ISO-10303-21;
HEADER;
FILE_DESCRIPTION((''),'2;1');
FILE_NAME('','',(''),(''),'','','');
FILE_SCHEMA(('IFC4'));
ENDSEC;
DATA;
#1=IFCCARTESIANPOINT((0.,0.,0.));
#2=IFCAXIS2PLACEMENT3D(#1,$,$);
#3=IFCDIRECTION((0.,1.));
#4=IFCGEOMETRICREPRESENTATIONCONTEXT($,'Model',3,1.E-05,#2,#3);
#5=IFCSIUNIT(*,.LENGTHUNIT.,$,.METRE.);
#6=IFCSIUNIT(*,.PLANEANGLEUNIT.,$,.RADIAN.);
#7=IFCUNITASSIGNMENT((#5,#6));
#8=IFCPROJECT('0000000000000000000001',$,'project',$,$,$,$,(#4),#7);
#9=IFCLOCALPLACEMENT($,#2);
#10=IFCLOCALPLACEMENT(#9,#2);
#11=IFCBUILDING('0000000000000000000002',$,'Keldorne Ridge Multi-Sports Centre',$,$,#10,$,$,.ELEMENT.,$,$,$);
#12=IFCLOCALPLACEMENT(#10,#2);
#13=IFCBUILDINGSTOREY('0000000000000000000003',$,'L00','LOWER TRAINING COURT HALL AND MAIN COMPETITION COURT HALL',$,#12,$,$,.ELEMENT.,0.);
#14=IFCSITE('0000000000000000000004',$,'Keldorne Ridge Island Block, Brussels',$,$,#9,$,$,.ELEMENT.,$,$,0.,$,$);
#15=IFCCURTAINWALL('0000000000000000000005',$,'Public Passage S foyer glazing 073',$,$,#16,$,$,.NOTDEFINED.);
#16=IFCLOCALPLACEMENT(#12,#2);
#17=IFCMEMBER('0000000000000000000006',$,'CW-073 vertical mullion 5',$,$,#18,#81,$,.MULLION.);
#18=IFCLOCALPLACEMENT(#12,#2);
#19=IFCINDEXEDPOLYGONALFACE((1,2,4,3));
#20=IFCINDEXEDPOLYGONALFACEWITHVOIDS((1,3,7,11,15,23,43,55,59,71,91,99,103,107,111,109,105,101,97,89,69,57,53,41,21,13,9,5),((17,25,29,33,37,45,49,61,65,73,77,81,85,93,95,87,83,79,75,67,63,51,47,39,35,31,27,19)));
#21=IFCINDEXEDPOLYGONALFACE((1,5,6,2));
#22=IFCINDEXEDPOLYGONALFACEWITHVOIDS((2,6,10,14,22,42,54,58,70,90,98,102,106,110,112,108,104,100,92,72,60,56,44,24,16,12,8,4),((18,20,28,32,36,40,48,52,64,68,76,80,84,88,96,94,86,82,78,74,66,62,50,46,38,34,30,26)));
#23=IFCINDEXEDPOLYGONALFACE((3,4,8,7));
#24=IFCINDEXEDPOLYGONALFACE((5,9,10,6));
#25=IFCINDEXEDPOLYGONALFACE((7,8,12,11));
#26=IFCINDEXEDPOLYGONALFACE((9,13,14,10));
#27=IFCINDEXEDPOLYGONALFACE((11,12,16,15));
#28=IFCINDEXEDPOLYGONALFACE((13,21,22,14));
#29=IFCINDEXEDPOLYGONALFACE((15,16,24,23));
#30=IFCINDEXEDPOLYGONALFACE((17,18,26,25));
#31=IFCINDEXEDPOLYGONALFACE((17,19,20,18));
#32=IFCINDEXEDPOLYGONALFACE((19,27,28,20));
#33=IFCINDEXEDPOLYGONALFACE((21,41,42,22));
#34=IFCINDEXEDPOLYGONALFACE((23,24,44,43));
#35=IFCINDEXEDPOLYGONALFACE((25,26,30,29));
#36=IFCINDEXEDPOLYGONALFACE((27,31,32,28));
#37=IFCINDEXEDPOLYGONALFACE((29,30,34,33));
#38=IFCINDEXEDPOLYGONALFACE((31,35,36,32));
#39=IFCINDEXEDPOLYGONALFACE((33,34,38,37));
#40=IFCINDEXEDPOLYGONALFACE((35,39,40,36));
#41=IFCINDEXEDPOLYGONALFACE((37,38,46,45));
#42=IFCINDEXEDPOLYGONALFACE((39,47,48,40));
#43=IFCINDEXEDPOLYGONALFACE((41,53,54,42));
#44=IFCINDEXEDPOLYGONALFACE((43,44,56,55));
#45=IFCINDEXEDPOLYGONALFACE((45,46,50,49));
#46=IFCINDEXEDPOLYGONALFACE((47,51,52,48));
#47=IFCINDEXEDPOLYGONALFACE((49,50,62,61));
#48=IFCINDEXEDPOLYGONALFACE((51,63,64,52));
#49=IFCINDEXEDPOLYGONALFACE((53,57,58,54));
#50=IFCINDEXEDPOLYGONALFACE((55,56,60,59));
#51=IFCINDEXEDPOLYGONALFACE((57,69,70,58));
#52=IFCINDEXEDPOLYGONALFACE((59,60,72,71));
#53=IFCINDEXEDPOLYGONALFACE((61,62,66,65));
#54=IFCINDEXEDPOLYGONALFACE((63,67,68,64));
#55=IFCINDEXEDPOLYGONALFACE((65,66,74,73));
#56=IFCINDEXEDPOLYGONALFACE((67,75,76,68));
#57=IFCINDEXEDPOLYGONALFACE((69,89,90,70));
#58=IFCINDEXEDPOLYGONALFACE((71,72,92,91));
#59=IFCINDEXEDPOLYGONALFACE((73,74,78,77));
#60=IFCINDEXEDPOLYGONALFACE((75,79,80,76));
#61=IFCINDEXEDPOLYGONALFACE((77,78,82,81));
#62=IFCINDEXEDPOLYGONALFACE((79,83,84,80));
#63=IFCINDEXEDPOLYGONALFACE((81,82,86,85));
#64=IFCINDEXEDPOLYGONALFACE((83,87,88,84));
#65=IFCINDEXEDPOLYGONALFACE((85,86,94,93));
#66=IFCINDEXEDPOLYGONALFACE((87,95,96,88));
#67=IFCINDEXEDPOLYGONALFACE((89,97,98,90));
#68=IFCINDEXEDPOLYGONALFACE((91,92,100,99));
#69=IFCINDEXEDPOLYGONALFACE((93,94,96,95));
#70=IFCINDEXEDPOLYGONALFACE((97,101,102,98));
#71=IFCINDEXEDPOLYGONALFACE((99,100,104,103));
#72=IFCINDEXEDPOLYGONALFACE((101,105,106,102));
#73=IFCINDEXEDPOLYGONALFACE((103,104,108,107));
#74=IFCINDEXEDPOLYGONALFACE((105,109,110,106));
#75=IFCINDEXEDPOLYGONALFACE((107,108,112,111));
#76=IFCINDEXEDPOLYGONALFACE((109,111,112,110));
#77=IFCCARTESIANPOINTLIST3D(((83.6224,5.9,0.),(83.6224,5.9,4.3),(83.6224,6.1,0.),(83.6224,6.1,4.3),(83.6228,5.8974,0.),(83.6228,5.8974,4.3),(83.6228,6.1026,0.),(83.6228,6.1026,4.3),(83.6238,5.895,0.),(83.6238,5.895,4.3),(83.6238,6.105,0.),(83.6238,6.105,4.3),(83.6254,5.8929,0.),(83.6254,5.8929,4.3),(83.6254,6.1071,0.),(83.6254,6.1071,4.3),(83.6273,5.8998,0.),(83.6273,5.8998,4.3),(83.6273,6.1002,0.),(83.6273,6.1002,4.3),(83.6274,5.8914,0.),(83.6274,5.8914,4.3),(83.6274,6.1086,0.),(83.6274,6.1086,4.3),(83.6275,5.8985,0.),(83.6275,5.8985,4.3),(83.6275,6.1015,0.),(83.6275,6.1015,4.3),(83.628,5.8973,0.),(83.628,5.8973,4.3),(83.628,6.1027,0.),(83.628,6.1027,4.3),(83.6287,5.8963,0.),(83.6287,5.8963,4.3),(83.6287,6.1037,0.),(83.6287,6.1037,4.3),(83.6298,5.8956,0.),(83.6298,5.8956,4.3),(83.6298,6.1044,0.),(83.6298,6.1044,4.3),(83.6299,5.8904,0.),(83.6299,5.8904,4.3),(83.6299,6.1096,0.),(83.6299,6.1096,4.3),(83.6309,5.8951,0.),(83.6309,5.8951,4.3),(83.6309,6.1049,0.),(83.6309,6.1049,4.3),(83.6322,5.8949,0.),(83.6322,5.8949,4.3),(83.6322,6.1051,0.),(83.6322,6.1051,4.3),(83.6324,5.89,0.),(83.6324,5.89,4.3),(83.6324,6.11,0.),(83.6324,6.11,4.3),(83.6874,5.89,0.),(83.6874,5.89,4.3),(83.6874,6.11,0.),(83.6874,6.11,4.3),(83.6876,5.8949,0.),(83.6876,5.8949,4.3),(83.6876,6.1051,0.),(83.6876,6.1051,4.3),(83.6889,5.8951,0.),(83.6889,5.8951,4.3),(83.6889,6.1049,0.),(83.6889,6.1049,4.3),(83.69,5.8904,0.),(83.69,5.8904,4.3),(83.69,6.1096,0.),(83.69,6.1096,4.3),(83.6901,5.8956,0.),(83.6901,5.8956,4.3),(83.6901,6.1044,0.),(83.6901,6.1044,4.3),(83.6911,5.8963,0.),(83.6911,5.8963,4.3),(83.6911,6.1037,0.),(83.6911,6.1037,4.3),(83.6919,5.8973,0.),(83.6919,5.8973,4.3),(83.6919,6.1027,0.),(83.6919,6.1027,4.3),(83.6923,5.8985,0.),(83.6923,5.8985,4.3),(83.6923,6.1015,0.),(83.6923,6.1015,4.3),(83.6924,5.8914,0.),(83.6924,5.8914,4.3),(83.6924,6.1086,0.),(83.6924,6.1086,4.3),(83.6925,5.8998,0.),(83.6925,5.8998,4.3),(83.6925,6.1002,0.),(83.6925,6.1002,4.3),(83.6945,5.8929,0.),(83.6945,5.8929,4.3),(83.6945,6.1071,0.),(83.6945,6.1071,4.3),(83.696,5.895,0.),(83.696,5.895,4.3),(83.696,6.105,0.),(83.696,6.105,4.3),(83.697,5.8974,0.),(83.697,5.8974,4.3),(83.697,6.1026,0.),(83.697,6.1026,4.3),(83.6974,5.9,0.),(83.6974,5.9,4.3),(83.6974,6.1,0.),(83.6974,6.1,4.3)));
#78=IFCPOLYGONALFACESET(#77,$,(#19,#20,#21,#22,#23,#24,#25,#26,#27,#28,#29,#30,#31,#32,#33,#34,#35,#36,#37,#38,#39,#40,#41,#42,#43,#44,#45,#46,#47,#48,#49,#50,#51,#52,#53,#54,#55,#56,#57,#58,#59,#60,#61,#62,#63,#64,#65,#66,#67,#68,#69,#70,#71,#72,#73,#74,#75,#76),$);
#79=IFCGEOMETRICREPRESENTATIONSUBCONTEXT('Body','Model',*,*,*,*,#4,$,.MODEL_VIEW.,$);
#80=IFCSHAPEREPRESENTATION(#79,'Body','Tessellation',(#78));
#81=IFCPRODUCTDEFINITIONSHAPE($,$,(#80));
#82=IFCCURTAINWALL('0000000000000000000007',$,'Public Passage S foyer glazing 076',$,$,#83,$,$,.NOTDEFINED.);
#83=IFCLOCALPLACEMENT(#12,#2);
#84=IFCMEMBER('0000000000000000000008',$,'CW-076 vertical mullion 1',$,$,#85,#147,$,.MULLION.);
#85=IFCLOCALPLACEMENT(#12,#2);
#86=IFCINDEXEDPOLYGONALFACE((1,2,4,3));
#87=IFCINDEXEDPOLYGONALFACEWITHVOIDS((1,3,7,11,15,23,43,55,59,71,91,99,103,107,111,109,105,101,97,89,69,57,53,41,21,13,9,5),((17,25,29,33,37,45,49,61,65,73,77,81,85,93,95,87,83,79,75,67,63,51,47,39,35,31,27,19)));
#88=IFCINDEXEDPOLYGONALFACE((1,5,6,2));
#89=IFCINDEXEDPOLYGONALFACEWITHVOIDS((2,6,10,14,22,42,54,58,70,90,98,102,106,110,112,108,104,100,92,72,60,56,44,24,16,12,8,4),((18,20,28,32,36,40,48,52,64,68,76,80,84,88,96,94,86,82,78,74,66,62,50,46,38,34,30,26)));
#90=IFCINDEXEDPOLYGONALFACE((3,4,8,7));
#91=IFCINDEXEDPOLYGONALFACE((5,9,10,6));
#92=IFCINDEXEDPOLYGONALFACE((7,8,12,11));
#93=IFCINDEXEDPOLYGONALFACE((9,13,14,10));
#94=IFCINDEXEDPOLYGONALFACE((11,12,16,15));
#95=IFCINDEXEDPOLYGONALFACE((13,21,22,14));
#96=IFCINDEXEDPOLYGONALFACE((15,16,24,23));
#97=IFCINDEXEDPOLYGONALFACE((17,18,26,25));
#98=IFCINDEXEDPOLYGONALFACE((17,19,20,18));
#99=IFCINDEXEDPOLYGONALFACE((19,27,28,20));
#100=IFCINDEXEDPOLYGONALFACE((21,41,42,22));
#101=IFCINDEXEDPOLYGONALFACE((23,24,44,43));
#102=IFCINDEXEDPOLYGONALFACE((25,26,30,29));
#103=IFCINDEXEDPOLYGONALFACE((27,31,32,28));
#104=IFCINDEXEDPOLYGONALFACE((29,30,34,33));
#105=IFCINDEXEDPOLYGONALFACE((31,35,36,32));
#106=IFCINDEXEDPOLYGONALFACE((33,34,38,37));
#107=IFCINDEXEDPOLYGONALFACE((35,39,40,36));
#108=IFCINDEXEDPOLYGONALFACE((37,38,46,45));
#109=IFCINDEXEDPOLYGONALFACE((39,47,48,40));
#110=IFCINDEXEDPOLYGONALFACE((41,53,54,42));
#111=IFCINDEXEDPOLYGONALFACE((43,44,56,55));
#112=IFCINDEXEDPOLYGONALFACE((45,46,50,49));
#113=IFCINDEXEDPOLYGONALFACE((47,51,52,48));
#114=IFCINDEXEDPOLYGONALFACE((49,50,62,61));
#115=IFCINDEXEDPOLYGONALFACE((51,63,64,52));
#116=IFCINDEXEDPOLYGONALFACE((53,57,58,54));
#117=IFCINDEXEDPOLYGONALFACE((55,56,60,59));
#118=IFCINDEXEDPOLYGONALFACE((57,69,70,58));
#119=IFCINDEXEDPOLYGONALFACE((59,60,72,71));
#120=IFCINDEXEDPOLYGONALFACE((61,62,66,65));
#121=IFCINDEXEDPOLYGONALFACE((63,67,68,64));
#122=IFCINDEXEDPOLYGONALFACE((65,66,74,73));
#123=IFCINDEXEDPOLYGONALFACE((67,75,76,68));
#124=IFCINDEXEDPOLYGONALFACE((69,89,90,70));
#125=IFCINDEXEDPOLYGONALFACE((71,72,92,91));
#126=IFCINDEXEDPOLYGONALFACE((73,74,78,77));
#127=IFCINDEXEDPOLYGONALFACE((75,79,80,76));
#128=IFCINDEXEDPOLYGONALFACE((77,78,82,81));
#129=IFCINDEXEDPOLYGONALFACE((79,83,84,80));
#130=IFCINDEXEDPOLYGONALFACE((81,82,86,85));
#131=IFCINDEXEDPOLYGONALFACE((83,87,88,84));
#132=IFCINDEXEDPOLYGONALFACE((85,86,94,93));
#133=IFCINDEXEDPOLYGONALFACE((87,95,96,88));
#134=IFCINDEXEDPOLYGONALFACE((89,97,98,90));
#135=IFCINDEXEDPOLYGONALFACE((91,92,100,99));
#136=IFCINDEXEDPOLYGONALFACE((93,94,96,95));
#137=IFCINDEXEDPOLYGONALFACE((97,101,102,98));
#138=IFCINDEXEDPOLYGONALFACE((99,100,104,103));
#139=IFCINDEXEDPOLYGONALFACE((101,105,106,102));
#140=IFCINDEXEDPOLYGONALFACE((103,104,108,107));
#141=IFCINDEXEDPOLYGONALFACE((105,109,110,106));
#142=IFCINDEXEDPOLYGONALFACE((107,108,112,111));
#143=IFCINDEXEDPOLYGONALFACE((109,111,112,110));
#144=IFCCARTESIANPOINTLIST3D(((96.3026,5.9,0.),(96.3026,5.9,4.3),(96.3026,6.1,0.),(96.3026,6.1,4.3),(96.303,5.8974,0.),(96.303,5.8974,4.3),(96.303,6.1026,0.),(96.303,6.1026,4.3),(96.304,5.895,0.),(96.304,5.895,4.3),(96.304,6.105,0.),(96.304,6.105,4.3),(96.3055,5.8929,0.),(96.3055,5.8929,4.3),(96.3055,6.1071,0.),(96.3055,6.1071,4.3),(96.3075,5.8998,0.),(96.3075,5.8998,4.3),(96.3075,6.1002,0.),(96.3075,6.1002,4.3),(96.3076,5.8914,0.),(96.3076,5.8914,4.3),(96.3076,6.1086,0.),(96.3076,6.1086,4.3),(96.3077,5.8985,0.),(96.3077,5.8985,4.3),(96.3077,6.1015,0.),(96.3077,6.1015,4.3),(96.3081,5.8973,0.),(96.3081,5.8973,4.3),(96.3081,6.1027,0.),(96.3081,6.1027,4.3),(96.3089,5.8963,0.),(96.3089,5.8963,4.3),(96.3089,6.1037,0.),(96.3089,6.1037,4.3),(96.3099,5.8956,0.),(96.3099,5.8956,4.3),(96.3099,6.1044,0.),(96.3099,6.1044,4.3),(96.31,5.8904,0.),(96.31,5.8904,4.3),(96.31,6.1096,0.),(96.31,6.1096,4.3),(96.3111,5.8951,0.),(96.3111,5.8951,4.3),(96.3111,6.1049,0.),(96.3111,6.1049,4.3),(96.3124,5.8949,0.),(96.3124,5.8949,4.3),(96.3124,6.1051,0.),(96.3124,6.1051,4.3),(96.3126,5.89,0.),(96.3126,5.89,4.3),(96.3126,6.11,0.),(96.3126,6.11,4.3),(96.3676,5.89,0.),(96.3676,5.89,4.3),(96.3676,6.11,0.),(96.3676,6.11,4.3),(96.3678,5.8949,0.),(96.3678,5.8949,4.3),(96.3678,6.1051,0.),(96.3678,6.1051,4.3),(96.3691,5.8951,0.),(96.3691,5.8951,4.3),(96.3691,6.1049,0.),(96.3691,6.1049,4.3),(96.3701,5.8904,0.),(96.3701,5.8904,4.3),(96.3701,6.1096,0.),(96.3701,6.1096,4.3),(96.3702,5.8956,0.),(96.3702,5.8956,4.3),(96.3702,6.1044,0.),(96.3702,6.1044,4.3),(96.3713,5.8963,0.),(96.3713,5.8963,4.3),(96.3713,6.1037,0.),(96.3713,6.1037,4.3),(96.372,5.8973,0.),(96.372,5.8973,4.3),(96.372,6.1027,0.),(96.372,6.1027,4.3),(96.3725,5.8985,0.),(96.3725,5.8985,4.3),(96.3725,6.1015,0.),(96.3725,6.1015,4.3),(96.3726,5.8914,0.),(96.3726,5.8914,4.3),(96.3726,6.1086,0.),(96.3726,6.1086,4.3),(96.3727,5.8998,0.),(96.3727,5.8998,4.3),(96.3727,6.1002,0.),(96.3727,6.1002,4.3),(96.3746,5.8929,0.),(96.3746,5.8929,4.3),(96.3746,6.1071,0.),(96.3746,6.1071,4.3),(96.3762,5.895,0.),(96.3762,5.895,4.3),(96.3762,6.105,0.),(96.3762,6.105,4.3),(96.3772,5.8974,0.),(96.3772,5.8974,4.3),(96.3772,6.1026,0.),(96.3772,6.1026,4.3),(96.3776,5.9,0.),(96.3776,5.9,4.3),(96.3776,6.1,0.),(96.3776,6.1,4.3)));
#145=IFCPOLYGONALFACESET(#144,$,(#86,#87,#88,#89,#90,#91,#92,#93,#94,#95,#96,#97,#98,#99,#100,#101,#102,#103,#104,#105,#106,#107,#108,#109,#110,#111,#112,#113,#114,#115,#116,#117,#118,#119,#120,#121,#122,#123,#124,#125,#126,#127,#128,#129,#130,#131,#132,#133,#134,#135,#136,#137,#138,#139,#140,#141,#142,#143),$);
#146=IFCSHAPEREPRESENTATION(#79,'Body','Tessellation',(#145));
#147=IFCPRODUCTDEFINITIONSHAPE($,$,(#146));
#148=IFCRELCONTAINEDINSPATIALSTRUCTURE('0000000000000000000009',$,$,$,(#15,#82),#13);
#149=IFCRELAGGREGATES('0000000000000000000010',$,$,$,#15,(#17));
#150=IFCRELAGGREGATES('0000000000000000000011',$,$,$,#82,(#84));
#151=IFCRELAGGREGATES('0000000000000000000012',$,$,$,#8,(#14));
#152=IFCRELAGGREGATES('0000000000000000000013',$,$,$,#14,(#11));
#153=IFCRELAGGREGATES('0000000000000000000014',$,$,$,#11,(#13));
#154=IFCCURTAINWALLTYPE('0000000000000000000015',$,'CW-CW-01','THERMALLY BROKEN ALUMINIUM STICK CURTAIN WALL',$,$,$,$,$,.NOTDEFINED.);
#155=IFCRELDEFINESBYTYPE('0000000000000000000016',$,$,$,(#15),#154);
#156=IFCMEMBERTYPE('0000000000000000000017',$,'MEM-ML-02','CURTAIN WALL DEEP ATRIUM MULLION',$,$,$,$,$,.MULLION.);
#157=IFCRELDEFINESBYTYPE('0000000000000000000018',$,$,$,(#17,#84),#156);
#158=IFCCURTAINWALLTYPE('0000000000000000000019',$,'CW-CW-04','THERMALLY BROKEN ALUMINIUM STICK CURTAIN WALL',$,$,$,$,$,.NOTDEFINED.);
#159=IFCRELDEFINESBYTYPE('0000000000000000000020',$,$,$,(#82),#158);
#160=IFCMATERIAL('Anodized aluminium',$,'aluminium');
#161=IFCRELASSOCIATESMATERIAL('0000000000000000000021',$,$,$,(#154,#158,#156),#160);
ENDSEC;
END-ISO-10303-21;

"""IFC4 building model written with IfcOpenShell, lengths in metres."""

from ifc_helpers import new_model, si_unit, direction, frame, origin, origin_2d, place, context, subcontext, project, spatial, hollow_rectangle, extrude, material, material_profile, profile_set, type_object, element, aggregate, save


model = new_model("IFC4")

# Units and contexts
model_context = context("Model", 3, precision=1e-05, world=origin(), true_north=direction((0.0, 1.0)))
body_context = subcontext(model_context, "Body", "Model", "MODEL_VIEW")
ifc_project = project(units=[si_unit("LENGTHUNIT", "METRE"), si_unit("PLANEANGLEUNIT", "RADIAN")], contexts=[model_context])

# Site, building, storey
site_placement = place(None, origin())
site = spatial("IfcSite", under=ifc_project, at=site_placement, Name="Keldorne Ridge Island Block, Brussels", CompositionType="ELEMENT", RefElevation=0.0)
building_placement = place(site_placement, origin())
building = spatial("IfcBuilding", under=site, at=building_placement, Name="Keldorne Ridge Multi-Sports Centre", CompositionType="ELEMENT")
storey_placement = place(building_placement, origin())
storey = spatial("IfcBuildingStorey", under=building, at=storey_placement, Name="L00", Description="LOWER TRAINING COURT HALL AND MAIN COMPETITION COURT HALL", CompositionType="ELEMENT", Elevation=0.0)

# Curtain wall, member
ifc_material_1 = material(Name="Anodized aluminium", Category="aluminium")
curtain_wall_type_1 = type_object("IfcCurtainWallType", Name="CW-CW-01", Description="THERMALLY BROKEN ALUMINIUM STICK CURTAIN WALL", PredefinedType="NOTDEFINED", material=ifc_material_1)
curtain_wall_1_placement = place(storey_placement, origin())
curtain_wall_1 = element("IfcCurtainWall", 1, at=curtain_wall_1_placement, inside=storey, type_object=curtain_wall_type_1, Name="Public Passage S foyer glazing 073", PredefinedType="NOTDEFINED")
ifc_material_profile_1 = material_profile(ifc_material_1, hollow_rectangle(XDim=0.075, YDim=0.22, WallThickness=0.0049, InnerFilletRadius=0.0049, OuterFilletRadius=0.01, at=origin_2d()), Name="ALU MULLION 220x75x5")
ifc_profile_set_1 = profile_set([ifc_material_profile_1], Name="Anodized aluminium")
member_type_1 = type_object("IfcMemberType", Name="MEM-ML-02", Description="CURTAIN WALL DEEP ATRIUM MULLION", PredefinedType="MULLION", material=ifc_profile_set_1)
member_1_placement = place(storey_placement, frame((83.6599, 6.0, 0.0), z_axis=(0.0, 0.0, 1.0), x_axis=(1.0, 0.0, 0.0)))
member_1 = element("IfcMember", 2, at=member_1_placement, type_object=member_type_1, Name="CW-073 vertical mullion 5", PredefinedType="MULLION", context=body_context, shape_type="SweptSolid", body=[
    extrude(hollow_rectangle(XDim=0.075, YDim=0.22, WallThickness=0.0049, InnerFilletRadius=0.0049, OuterFilletRadius=0.01, at=origin_2d()), origin(), (0.0, 0.0, 1.0), 4.3),
])

# Curtain wall, member
curtain_wall_type_2 = type_object("IfcCurtainWallType", Name="CW-CW-04", Description="THERMALLY BROKEN ALUMINIUM STICK CURTAIN WALL", PredefinedType="NOTDEFINED", material=ifc_material_1)
curtain_wall_2_placement = place(storey_placement, origin())
curtain_wall_2 = element("IfcCurtainWall", 3, at=curtain_wall_2_placement, inside=storey, type_object=curtain_wall_type_2, Name="Public Passage S foyer glazing 076", PredefinedType="NOTDEFINED")
member_2_placement = place(storey_placement, frame((96.3401, 6.0, 0.0), z_axis=(0.0, 0.0, 1.0), x_axis=(1.0, 0.0, 0.0)))
member_2 = element("IfcMember", 4, at=member_2_placement, type_object=member_type_1, Name="CW-076 vertical mullion 1", PredefinedType="MULLION", context=body_context, shape_type="SweptSolid", body=[
    extrude(hollow_rectangle(XDim=0.075, YDim=0.22, WallThickness=0.0049, InnerFilletRadius=0.0049, OuterFilletRadius=0.01, at=origin_2d()), origin(), (0.0, 0.0, 1.0), 4.3),
])

aggregate(curtain_wall_1, [member_1])
aggregate(curtain_wall_2, [member_2])

save(model, "model.ifc")
